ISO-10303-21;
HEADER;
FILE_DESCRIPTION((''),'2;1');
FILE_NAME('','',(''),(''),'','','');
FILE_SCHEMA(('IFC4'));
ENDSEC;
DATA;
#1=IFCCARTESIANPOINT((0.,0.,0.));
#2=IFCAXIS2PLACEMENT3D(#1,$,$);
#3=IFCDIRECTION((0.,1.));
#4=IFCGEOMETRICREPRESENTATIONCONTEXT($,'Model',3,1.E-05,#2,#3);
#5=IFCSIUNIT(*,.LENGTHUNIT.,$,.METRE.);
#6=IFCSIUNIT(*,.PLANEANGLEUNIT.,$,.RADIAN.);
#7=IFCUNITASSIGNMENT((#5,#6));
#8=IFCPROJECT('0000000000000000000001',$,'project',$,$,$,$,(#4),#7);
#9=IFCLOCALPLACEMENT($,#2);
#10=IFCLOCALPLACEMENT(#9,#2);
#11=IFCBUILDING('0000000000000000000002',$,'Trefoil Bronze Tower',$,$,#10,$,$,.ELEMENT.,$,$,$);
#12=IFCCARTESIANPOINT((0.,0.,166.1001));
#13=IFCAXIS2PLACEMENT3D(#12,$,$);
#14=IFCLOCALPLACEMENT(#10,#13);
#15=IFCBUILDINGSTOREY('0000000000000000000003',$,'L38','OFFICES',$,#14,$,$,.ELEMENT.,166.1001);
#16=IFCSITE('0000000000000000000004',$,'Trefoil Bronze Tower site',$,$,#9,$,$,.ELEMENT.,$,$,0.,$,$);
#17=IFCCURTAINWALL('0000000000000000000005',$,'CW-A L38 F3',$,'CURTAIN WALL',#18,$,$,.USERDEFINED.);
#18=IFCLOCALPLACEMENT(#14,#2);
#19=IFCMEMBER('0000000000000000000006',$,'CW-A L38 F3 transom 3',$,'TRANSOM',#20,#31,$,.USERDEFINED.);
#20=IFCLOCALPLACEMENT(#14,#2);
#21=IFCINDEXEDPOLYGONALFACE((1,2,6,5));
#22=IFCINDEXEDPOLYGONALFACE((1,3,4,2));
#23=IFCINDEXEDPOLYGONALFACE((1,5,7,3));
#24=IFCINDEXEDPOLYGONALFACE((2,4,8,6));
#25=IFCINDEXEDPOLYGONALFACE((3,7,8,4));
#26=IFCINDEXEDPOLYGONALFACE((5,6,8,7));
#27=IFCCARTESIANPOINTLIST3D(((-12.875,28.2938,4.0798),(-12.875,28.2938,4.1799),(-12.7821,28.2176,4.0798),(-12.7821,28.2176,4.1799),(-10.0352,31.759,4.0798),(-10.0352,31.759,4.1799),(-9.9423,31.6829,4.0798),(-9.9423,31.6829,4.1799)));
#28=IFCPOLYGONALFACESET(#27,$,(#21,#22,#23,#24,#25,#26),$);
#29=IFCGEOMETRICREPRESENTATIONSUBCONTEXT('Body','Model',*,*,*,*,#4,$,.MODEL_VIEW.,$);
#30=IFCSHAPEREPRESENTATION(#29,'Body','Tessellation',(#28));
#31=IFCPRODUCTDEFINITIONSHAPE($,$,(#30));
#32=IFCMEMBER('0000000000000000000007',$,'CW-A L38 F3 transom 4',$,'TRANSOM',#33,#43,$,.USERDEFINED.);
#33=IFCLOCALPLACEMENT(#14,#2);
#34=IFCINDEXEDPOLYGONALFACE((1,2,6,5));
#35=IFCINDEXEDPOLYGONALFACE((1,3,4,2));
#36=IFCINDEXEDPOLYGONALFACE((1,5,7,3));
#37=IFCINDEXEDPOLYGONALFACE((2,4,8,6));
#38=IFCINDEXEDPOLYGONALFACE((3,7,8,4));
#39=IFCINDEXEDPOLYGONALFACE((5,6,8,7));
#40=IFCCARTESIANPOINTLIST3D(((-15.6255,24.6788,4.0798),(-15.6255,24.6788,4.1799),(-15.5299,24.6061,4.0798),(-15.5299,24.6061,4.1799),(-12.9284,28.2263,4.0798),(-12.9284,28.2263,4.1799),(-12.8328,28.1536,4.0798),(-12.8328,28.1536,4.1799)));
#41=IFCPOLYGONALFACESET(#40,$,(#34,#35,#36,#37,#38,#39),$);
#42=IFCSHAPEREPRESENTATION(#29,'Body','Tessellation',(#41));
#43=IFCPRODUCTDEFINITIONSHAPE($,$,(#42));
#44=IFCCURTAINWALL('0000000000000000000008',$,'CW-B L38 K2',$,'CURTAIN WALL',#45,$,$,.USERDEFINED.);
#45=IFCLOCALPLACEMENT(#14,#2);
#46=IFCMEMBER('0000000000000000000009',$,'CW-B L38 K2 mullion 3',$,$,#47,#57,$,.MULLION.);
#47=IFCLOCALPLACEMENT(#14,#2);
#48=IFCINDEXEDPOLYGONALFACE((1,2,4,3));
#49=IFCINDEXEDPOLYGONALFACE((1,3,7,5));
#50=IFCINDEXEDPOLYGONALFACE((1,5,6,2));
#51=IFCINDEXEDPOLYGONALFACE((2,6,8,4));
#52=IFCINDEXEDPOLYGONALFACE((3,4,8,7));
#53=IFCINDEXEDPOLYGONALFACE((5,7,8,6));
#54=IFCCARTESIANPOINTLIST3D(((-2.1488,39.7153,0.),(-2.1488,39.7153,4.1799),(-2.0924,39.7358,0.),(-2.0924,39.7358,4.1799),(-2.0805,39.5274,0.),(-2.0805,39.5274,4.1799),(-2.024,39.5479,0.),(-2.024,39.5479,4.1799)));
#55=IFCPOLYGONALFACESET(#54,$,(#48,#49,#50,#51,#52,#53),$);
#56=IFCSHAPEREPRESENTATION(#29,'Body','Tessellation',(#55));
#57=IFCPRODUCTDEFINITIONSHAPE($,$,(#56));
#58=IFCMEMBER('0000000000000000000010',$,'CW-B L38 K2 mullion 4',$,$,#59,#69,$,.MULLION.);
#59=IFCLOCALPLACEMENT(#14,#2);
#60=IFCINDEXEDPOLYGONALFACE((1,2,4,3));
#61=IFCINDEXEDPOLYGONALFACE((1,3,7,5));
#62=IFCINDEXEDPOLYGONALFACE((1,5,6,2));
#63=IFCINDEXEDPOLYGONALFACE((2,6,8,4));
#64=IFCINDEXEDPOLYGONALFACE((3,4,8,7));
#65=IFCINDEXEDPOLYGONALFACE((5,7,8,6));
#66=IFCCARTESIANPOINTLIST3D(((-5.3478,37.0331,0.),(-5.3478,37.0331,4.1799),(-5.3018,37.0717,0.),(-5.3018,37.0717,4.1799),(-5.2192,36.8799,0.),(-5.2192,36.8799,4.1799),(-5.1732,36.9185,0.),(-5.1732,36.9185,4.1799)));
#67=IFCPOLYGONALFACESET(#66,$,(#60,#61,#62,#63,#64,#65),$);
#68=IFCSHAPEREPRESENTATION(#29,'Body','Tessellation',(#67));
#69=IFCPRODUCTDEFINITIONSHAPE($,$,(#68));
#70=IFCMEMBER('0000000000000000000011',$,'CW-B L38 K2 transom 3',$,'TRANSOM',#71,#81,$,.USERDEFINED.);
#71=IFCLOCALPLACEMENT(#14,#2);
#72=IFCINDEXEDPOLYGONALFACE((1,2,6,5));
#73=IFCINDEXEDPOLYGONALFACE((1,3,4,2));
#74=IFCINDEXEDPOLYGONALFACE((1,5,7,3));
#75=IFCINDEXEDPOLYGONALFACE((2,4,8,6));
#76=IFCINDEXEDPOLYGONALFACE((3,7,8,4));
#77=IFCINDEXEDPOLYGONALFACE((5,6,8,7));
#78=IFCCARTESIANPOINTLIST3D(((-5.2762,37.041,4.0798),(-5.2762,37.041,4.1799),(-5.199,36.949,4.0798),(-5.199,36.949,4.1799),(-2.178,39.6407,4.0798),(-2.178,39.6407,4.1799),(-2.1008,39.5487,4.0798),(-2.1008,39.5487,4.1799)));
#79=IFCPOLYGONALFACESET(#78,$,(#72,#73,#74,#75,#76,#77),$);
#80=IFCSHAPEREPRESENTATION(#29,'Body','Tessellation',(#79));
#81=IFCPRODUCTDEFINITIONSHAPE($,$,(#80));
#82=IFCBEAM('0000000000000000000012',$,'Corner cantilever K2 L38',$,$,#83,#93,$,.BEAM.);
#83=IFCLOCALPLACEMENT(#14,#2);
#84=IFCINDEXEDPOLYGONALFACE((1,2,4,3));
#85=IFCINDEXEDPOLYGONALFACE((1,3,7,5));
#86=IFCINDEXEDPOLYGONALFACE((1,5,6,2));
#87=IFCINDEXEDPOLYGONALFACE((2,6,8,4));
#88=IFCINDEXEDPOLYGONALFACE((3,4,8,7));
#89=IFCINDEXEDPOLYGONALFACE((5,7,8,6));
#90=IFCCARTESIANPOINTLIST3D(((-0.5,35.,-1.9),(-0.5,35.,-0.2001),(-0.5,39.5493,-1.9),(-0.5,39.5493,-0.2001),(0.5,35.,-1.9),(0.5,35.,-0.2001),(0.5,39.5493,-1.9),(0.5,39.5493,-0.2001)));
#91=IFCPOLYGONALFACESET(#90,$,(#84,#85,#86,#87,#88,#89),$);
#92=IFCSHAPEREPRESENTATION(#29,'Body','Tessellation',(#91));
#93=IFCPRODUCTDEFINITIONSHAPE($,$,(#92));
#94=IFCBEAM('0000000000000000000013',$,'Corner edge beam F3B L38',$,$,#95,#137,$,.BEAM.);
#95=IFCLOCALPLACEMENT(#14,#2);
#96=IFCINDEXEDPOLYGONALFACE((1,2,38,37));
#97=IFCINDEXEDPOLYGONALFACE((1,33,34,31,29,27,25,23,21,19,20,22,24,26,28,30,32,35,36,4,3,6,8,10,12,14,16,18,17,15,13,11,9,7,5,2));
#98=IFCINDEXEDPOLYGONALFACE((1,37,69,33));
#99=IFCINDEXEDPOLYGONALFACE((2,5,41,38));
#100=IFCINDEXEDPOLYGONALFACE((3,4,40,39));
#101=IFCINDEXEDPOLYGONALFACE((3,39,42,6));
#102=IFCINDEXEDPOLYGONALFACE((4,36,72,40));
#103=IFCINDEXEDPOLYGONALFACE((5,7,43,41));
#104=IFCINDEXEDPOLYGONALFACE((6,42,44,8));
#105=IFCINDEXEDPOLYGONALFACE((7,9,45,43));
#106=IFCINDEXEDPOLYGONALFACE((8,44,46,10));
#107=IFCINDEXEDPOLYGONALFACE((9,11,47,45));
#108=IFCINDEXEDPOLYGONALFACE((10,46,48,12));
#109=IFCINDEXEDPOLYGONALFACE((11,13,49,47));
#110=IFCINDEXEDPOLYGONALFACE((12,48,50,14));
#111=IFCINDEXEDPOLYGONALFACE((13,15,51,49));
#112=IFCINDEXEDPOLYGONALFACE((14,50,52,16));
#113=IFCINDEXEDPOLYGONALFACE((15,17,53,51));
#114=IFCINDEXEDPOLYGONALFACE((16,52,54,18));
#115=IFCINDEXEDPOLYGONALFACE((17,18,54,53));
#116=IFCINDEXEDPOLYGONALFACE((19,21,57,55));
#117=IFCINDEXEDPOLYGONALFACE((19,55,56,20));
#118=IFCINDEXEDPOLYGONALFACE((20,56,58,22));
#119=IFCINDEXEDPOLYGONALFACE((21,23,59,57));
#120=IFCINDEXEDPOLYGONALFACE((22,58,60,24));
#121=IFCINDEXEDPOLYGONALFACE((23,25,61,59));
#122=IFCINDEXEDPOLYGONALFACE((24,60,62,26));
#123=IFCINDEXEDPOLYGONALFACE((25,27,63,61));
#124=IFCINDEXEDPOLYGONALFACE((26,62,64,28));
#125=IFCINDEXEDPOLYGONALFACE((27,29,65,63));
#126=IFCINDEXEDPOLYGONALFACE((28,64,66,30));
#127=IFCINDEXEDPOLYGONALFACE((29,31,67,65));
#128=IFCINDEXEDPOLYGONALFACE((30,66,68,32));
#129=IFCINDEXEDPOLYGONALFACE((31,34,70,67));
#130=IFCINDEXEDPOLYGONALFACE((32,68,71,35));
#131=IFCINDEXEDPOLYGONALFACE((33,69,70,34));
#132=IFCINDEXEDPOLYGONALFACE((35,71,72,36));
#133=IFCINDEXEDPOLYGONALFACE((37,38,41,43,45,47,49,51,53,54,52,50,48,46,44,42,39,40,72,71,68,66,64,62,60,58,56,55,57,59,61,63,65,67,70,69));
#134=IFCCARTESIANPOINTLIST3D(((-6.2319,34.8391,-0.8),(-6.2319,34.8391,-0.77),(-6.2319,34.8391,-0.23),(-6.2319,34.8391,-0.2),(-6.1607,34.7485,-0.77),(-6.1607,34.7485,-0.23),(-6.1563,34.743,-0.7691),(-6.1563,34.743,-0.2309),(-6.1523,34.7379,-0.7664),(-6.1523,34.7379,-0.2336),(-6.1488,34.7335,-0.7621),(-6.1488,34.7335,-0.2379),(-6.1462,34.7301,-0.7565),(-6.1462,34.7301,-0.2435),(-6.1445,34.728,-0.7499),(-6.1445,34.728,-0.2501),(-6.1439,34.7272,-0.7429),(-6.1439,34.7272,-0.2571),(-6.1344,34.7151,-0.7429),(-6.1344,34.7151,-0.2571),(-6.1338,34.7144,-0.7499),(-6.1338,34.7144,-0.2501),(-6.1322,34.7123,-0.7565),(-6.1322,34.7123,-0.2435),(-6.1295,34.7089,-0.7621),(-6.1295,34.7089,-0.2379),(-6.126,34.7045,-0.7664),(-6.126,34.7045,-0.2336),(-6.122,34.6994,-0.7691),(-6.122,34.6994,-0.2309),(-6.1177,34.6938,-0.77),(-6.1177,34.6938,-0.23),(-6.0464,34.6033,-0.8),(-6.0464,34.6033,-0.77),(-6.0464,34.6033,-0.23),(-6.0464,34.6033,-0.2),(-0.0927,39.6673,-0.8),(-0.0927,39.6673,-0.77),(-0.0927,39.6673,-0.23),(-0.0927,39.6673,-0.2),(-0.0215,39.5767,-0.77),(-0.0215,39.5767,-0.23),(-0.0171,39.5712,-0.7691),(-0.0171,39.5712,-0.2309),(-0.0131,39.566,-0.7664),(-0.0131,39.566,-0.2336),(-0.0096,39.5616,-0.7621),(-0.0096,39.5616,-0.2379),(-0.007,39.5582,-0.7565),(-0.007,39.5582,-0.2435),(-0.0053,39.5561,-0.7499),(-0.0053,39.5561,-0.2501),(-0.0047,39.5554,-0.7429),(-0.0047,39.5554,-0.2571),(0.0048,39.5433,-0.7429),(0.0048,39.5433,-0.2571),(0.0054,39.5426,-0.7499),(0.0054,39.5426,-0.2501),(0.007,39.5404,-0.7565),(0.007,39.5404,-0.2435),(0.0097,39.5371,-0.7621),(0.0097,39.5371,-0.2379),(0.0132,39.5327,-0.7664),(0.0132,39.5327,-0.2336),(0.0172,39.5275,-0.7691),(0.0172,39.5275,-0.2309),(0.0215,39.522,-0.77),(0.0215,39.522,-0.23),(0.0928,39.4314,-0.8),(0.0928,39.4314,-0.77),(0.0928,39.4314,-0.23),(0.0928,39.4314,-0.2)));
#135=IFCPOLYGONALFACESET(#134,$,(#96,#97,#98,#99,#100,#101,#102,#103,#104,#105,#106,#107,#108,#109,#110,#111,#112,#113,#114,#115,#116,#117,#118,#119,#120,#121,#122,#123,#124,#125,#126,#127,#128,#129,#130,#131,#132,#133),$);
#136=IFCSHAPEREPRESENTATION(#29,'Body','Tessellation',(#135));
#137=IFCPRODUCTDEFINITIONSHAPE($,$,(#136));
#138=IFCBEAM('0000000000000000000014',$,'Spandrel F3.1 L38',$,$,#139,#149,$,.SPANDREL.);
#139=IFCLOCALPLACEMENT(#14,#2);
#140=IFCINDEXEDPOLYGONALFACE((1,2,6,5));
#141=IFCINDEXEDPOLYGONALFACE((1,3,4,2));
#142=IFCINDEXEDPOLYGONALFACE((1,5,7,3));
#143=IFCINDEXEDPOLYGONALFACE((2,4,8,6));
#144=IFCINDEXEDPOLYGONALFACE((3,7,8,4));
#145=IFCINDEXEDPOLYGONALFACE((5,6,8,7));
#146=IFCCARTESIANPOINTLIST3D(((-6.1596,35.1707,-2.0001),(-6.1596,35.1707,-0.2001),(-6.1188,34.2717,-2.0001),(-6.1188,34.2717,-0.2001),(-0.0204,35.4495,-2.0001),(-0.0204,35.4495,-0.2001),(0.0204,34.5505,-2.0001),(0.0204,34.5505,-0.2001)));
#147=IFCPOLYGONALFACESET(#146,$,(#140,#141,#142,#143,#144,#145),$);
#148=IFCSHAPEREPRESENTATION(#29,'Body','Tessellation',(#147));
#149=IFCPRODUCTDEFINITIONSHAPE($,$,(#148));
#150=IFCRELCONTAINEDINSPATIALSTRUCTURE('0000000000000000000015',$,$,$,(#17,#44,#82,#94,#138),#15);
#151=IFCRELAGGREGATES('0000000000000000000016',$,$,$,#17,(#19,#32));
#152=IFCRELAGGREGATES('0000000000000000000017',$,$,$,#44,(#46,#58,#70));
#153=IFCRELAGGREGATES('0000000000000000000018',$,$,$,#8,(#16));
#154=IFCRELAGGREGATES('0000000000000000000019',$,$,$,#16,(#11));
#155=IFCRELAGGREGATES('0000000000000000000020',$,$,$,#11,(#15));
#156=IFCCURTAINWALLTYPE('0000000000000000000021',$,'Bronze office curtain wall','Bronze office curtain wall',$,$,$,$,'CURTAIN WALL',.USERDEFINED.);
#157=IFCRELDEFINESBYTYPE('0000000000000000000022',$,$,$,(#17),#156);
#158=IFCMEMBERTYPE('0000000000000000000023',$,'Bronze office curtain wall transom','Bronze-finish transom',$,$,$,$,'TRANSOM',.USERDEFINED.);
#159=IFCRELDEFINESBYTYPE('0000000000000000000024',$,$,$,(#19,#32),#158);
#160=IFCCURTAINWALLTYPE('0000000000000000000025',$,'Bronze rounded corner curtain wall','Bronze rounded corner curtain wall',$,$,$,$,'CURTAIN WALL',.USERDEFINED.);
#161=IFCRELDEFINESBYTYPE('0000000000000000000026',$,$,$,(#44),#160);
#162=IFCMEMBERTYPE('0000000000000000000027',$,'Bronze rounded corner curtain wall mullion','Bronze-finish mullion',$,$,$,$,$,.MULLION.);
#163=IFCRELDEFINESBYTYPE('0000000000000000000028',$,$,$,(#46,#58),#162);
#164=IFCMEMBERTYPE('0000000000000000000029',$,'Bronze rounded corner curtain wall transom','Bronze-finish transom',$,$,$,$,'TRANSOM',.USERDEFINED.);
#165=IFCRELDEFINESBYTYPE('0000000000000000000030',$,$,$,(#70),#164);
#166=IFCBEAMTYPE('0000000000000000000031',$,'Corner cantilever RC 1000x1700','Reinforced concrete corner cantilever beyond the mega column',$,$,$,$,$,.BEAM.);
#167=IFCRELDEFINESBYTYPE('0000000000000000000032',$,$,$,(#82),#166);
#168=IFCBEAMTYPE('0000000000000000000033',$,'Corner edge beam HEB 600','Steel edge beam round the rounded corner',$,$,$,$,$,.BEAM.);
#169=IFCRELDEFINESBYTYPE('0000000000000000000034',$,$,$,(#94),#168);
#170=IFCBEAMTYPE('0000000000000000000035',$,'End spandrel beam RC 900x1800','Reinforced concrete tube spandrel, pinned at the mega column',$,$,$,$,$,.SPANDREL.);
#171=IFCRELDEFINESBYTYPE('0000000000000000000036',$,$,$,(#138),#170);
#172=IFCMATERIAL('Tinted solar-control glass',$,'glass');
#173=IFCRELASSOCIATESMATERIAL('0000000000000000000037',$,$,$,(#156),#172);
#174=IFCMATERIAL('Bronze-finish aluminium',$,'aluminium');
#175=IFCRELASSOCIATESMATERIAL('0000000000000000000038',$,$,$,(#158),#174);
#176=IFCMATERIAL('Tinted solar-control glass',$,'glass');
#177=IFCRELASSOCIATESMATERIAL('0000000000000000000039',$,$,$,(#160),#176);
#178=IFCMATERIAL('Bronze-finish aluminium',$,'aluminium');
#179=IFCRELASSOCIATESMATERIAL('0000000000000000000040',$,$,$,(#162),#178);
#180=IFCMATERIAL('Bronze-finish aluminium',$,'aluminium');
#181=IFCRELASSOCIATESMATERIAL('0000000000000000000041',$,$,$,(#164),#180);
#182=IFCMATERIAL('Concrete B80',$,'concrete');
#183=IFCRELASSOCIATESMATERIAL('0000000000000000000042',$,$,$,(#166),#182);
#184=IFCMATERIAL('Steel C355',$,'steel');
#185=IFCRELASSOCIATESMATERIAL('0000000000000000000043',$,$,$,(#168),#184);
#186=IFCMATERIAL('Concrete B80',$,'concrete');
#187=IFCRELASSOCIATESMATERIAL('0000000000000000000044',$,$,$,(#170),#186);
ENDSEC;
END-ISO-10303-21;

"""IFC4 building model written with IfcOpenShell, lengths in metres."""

from ifc_helpers import new_model, si_unit, direction, frame, origin, origin_2d, place, context, subcontext, project, spatial, rectangle, i_section, extrude, material, material_profile, profile_set, type_object, element, aggregate, save


model = new_model("IFC4")

# Units and contexts
model_context = context("Model", 3, precision=1e-05, world=origin(), true_north=direction((0.0, 1.0)))
body_context = subcontext(model_context, "Body", "Model", "MODEL_VIEW")
ifc_project = project(units=[si_unit("LENGTHUNIT", "METRE"), si_unit("PLANEANGLEUNIT", "RADIAN")], contexts=[model_context])

# Site, building, storey
site_placement = place(None, origin())
site = spatial("IfcSite", under=ifc_project, at=site_placement, Name="Trefoil Bronze Tower site", CompositionType="ELEMENT", RefElevation=0.0)
building_placement = place(site_placement, origin())
building = spatial("IfcBuilding", under=site, at=building_placement, Name="Trefoil Bronze Tower", CompositionType="ELEMENT")
storey_placement = place(building_placement, frame((0.0, 0.0, 166.1001)))
storey = spatial("IfcBuildingStorey", under=building, at=storey_placement, Name="L38", Description="OFFICES", CompositionType="ELEMENT", Elevation=166.1001)

# Curtain walls, members
ifc_material_1 = material(Name="Tinted solar-control glass", Category="glass")
curtain_wall_type_1 = type_object("IfcCurtainWallType", Name="Bronze office curtain wall", Description="Bronze office curtain wall", ElementType="CURTAIN WALL", PredefinedType="USERDEFINED", material=ifc_material_1)
curtain_wall_1_placement = place(storey_placement, origin())
curtain_wall_1 = element("IfcCurtainWall", 1, at=curtain_wall_1_placement, inside=storey, type_object=curtain_wall_type_1, Name="CW-A L38 F3", ObjectType="CURTAIN WALL", PredefinedType="USERDEFINED")
ifc_material_2 = material(Name="Bronze-finish aluminium", Category="aluminium")
ifc_material_profile_1 = material_profile(ifc_material_2, rectangle(XDim=0.1201, YDim=0.1001, at=origin_2d()), Name="CW-A transom")
ifc_profile_set_1 = profile_set([ifc_material_profile_1], Name="Bronze-finish aluminium")
member_type_1 = type_object("IfcMemberType", Name="Bronze office curtain wall transom", Description="Bronze-finish transom", ElementType="TRANSOM", PredefinedType="USERDEFINED", material=ifc_profile_set_1)
member_1_placement = place(storey_placement, frame((-9.9888, 31.7209, 4.1299), z_axis=(-0.633849, -0.773457, 0.0), x_axis=(0.773457, -0.633849, 0.0)))
member_1 = element("IfcMember", 2, at=member_1_placement, type_object=member_type_1, Name="CW-A L38 F3 transom 3", ObjectType="TRANSOM", PredefinedType="USERDEFINED", context=body_context, shape_type="SweptSolid", body=[
    extrude(rectangle(XDim=0.1201, YDim=0.1001, at=origin_2d()), origin(), (0.0, 0.0, 1.0), 4.4802),
])
member_2_placement = place(storey_placement, frame((-12.8806, 28.1899, 4.1299), z_axis=(-0.605229, -0.796051, 0.0), x_axis=(0.796051, -0.605229, 0.0)))
member_2 = element("IfcMember", 3, at=member_2_placement, type_object=member_type_1, Name="CW-A L38 F3 transom 4", ObjectType="TRANSOM", PredefinedType="USERDEFINED", context=body_context, shape_type="SweptSolid", body=[
    extrude(rectangle(XDim=0.1201, YDim=0.1001, at=origin_2d()), origin(), (0.0, 0.0, 1.0), 4.4563),
])
ifc_material_3 = material(Name="Tinted solar-control glass", Category="glass")
curtain_wall_type_2 = type_object("IfcCurtainWallType", Name="Bronze rounded corner curtain wall", Description="Bronze rounded corner curtain wall", ElementType="CURTAIN WALL", PredefinedType="USERDEFINED", material=ifc_material_3)
curtain_wall_2_placement = place(storey_placement, origin())
curtain_wall_2 = element("IfcCurtainWall", 4, at=curtain_wall_2_placement, inside=storey, type_object=curtain_wall_type_2, Name="CW-B L38 K2", ObjectType="CURTAIN WALL", PredefinedType="USERDEFINED")
ifc_material_4 = material(Name="Bronze-finish aluminium", Category="aluminium")
ifc_material_profile_2 = material_profile(ifc_material_4, rectangle(XDim=0.2, YDim=0.0601, at=origin_2d()), Name="CW-B mullion")
ifc_profile_set_2 = profile_set([ifc_material_profile_2], Name="Bronze-finish aluminium")
member_type_2 = type_object("IfcMemberType", Name="Bronze rounded corner curtain wall mullion", Description="Bronze-finish mullion", PredefinedType="MULLION", material=ifc_profile_set_2)
member_3_placement = place(storey_placement, frame((-2.0864, 39.6316, 0.0), z_axis=(0.0, 0.0, 1.0), x_axis=(0.34202, -0.939693, 0.0)))
member_3 = element("IfcMember", 5, at=member_3_placement, type_object=member_type_2, Name="CW-B L38 K2 mullion 3", PredefinedType="MULLION", context=body_context, shape_type="SweptSolid", body=[
    extrude(rectangle(XDim=0.2, YDim=0.0601, at=origin_2d()), origin(), (0.0, 0.0, 1.0), 4.1799),
])
member_4_placement = place(storey_placement, frame((-5.2605, 36.9758, 0.0), z_axis=(0.0, 0.0, 1.0), x_axis=(0.642788, -0.766044, 0.0)))
member_4 = element("IfcMember", 6, at=member_4_placement, type_object=member_type_2, Name="CW-B L38 K2 mullion 4", PredefinedType="MULLION", context=body_context, shape_type="SweptSolid", body=[
    extrude(rectangle(XDim=0.2, YDim=0.0601, at=origin_2d()), origin(), (0.0, 0.0, 1.0), 4.1799),
])
ifc_material_5 = material(Name="Bronze-finish aluminium", Category="aluminium")
ifc_material_profile_3 = material_profile(ifc_material_5, rectangle(XDim=0.1201, YDim=0.1001, at=origin_2d()), Name="CW-B transom")
ifc_profile_set_3 = profile_set([ifc_material_profile_3], Name="Bronze-finish aluminium")
member_type_3 = type_object("IfcMemberType", Name="Bronze rounded corner curtain wall transom", Description="Bronze-finish transom", ElementType="TRANSOM", PredefinedType="USERDEFINED", material=ifc_profile_set_3)
member_5_placement = place(storey_placement, frame((-2.1394, 39.5947, 4.1299), z_axis=(-0.76605, -0.642781, 0.0), x_axis=(0.642781, -0.76605, 0.0)))
member_5 = element("IfcMember", 7, at=member_5_placement, type_object=member_type_3, Name="CW-B L38 K2 transom 3", ObjectType="TRANSOM", PredefinedType="USERDEFINED", context=body_context, shape_type="SweptSolid", body=[
    extrude(rectangle(XDim=0.1201, YDim=0.1001, at=origin_2d()), origin(), (0.0, 0.0, 1.0), 4.0444),
])

# Beams
ifc_material_6 = material(Name="Concrete B80", Category="concrete")
ifc_material_profile_4 = material_profile(ifc_material_6, rectangle(XDim=1.0, YDim=1.7, at=origin_2d()), Name="RC 1000x1700")
ifc_profile_set_4 = profile_set([ifc_material_profile_4], Name="Concrete B80")
beam_type_1 = type_object("IfcBeamType", Name="Corner cantilever RC 1000x1700", Description="Reinforced concrete corner cantilever beyond the mega column", PredefinedType="BEAM", material=ifc_profile_set_4)
beam_1_placement = place(storey_placement, frame((0.0, 35.0, -1.05), z_axis=(0.0, 1.0, 0.0), x_axis=(-1.0, 0.0, 0.0)))
element("IfcBeam", 8, at=beam_1_placement, inside=storey, type_object=beam_type_1, Name="Corner cantilever K2 L38", PredefinedType="BEAM", context=body_context, shape_type="SweptSolid", body=[
    extrude(rectangle(XDim=1.0, YDim=1.7, at=origin_2d()), origin(), (0.0, 0.0, 1.0), 4.5493),
])
ifc_material_7 = material(Name="Steel C355", Category="steel")
ifc_material_profile_5 = material_profile(ifc_material_7, i_section(OverallWidth=0.3, OverallDepth=0.6001, WebThickness=0.0154, FlangeThickness=0.03, FilletRadius=0.0271, at=origin_2d()), Name="HEB 600")
ifc_profile_set_5 = profile_set([ifc_material_profile_5], Name="Steel C355")
beam_type_2 = type_object("IfcBeamType", Name="Corner edge beam HEB 600", Description="Steel edge beam round the rounded corner", PredefinedType="BEAM", material=ifc_profile_set_5)
beam_2_placement = place(storey_placement, frame((-6.1392, 34.7212, -0.5), z_axis=(0.786038, 0.618178, 0.0), x_axis=(-0.618178, 0.786038, 0.0)))
element("IfcBeam", 9, at=beam_2_placement, inside=storey, type_object=beam_type_2, Name="Corner edge beam F3B L38", PredefinedType="BEAM", context=body_context, shape_type="SweptSolid", body=[
    extrude(i_section(OverallWidth=0.3, OverallDepth=0.6001, WebThickness=0.0154, FlangeThickness=0.03, FilletRadius=0.0271, at=origin_2d()), origin(), (0.0, 0.0, 1.0), 7.8103),
])
ifc_material_8 = material(Name="Concrete B80", Category="concrete")
ifc_material_profile_6 = material_profile(ifc_material_8, rectangle(XDim=0.8999, YDim=1.8, at=origin_2d()), Name="RC 900x1800")
ifc_profile_set_6 = profile_set([ifc_material_profile_6], Name="Concrete B80")
beam_type_3 = type_object("IfcBeamType", Name="End spandrel beam RC 900x1800", Description="Reinforced concrete tube spandrel, pinned at the mega column", PredefinedType="SPANDREL", material=ifc_profile_set_6)
beam_3_placement = place(storey_placement, frame((0.0, 35.0, -1.1001), z_axis=(-0.99897, -0.045368, 0.0), x_axis=(0.045368, -0.99897, 0.0)))
element("IfcBeam", 10, at=beam_3_placement, inside=storey, type_object=beam_type_3, Name="Spandrel F3.1 L38", PredefinedType="SPANDREL", context=body_context, shape_type="SweptSolid", body=[
    extrude(rectangle(XDim=0.8999, YDim=1.8, at=origin_2d()), origin(), (0.0, 0.0, 1.0), 6.1455),
])

aggregate(curtain_wall_1, [member_1, member_2])
aggregate(curtain_wall_2, [member_3, member_4, member_5])

save(model, "model.ifc")
